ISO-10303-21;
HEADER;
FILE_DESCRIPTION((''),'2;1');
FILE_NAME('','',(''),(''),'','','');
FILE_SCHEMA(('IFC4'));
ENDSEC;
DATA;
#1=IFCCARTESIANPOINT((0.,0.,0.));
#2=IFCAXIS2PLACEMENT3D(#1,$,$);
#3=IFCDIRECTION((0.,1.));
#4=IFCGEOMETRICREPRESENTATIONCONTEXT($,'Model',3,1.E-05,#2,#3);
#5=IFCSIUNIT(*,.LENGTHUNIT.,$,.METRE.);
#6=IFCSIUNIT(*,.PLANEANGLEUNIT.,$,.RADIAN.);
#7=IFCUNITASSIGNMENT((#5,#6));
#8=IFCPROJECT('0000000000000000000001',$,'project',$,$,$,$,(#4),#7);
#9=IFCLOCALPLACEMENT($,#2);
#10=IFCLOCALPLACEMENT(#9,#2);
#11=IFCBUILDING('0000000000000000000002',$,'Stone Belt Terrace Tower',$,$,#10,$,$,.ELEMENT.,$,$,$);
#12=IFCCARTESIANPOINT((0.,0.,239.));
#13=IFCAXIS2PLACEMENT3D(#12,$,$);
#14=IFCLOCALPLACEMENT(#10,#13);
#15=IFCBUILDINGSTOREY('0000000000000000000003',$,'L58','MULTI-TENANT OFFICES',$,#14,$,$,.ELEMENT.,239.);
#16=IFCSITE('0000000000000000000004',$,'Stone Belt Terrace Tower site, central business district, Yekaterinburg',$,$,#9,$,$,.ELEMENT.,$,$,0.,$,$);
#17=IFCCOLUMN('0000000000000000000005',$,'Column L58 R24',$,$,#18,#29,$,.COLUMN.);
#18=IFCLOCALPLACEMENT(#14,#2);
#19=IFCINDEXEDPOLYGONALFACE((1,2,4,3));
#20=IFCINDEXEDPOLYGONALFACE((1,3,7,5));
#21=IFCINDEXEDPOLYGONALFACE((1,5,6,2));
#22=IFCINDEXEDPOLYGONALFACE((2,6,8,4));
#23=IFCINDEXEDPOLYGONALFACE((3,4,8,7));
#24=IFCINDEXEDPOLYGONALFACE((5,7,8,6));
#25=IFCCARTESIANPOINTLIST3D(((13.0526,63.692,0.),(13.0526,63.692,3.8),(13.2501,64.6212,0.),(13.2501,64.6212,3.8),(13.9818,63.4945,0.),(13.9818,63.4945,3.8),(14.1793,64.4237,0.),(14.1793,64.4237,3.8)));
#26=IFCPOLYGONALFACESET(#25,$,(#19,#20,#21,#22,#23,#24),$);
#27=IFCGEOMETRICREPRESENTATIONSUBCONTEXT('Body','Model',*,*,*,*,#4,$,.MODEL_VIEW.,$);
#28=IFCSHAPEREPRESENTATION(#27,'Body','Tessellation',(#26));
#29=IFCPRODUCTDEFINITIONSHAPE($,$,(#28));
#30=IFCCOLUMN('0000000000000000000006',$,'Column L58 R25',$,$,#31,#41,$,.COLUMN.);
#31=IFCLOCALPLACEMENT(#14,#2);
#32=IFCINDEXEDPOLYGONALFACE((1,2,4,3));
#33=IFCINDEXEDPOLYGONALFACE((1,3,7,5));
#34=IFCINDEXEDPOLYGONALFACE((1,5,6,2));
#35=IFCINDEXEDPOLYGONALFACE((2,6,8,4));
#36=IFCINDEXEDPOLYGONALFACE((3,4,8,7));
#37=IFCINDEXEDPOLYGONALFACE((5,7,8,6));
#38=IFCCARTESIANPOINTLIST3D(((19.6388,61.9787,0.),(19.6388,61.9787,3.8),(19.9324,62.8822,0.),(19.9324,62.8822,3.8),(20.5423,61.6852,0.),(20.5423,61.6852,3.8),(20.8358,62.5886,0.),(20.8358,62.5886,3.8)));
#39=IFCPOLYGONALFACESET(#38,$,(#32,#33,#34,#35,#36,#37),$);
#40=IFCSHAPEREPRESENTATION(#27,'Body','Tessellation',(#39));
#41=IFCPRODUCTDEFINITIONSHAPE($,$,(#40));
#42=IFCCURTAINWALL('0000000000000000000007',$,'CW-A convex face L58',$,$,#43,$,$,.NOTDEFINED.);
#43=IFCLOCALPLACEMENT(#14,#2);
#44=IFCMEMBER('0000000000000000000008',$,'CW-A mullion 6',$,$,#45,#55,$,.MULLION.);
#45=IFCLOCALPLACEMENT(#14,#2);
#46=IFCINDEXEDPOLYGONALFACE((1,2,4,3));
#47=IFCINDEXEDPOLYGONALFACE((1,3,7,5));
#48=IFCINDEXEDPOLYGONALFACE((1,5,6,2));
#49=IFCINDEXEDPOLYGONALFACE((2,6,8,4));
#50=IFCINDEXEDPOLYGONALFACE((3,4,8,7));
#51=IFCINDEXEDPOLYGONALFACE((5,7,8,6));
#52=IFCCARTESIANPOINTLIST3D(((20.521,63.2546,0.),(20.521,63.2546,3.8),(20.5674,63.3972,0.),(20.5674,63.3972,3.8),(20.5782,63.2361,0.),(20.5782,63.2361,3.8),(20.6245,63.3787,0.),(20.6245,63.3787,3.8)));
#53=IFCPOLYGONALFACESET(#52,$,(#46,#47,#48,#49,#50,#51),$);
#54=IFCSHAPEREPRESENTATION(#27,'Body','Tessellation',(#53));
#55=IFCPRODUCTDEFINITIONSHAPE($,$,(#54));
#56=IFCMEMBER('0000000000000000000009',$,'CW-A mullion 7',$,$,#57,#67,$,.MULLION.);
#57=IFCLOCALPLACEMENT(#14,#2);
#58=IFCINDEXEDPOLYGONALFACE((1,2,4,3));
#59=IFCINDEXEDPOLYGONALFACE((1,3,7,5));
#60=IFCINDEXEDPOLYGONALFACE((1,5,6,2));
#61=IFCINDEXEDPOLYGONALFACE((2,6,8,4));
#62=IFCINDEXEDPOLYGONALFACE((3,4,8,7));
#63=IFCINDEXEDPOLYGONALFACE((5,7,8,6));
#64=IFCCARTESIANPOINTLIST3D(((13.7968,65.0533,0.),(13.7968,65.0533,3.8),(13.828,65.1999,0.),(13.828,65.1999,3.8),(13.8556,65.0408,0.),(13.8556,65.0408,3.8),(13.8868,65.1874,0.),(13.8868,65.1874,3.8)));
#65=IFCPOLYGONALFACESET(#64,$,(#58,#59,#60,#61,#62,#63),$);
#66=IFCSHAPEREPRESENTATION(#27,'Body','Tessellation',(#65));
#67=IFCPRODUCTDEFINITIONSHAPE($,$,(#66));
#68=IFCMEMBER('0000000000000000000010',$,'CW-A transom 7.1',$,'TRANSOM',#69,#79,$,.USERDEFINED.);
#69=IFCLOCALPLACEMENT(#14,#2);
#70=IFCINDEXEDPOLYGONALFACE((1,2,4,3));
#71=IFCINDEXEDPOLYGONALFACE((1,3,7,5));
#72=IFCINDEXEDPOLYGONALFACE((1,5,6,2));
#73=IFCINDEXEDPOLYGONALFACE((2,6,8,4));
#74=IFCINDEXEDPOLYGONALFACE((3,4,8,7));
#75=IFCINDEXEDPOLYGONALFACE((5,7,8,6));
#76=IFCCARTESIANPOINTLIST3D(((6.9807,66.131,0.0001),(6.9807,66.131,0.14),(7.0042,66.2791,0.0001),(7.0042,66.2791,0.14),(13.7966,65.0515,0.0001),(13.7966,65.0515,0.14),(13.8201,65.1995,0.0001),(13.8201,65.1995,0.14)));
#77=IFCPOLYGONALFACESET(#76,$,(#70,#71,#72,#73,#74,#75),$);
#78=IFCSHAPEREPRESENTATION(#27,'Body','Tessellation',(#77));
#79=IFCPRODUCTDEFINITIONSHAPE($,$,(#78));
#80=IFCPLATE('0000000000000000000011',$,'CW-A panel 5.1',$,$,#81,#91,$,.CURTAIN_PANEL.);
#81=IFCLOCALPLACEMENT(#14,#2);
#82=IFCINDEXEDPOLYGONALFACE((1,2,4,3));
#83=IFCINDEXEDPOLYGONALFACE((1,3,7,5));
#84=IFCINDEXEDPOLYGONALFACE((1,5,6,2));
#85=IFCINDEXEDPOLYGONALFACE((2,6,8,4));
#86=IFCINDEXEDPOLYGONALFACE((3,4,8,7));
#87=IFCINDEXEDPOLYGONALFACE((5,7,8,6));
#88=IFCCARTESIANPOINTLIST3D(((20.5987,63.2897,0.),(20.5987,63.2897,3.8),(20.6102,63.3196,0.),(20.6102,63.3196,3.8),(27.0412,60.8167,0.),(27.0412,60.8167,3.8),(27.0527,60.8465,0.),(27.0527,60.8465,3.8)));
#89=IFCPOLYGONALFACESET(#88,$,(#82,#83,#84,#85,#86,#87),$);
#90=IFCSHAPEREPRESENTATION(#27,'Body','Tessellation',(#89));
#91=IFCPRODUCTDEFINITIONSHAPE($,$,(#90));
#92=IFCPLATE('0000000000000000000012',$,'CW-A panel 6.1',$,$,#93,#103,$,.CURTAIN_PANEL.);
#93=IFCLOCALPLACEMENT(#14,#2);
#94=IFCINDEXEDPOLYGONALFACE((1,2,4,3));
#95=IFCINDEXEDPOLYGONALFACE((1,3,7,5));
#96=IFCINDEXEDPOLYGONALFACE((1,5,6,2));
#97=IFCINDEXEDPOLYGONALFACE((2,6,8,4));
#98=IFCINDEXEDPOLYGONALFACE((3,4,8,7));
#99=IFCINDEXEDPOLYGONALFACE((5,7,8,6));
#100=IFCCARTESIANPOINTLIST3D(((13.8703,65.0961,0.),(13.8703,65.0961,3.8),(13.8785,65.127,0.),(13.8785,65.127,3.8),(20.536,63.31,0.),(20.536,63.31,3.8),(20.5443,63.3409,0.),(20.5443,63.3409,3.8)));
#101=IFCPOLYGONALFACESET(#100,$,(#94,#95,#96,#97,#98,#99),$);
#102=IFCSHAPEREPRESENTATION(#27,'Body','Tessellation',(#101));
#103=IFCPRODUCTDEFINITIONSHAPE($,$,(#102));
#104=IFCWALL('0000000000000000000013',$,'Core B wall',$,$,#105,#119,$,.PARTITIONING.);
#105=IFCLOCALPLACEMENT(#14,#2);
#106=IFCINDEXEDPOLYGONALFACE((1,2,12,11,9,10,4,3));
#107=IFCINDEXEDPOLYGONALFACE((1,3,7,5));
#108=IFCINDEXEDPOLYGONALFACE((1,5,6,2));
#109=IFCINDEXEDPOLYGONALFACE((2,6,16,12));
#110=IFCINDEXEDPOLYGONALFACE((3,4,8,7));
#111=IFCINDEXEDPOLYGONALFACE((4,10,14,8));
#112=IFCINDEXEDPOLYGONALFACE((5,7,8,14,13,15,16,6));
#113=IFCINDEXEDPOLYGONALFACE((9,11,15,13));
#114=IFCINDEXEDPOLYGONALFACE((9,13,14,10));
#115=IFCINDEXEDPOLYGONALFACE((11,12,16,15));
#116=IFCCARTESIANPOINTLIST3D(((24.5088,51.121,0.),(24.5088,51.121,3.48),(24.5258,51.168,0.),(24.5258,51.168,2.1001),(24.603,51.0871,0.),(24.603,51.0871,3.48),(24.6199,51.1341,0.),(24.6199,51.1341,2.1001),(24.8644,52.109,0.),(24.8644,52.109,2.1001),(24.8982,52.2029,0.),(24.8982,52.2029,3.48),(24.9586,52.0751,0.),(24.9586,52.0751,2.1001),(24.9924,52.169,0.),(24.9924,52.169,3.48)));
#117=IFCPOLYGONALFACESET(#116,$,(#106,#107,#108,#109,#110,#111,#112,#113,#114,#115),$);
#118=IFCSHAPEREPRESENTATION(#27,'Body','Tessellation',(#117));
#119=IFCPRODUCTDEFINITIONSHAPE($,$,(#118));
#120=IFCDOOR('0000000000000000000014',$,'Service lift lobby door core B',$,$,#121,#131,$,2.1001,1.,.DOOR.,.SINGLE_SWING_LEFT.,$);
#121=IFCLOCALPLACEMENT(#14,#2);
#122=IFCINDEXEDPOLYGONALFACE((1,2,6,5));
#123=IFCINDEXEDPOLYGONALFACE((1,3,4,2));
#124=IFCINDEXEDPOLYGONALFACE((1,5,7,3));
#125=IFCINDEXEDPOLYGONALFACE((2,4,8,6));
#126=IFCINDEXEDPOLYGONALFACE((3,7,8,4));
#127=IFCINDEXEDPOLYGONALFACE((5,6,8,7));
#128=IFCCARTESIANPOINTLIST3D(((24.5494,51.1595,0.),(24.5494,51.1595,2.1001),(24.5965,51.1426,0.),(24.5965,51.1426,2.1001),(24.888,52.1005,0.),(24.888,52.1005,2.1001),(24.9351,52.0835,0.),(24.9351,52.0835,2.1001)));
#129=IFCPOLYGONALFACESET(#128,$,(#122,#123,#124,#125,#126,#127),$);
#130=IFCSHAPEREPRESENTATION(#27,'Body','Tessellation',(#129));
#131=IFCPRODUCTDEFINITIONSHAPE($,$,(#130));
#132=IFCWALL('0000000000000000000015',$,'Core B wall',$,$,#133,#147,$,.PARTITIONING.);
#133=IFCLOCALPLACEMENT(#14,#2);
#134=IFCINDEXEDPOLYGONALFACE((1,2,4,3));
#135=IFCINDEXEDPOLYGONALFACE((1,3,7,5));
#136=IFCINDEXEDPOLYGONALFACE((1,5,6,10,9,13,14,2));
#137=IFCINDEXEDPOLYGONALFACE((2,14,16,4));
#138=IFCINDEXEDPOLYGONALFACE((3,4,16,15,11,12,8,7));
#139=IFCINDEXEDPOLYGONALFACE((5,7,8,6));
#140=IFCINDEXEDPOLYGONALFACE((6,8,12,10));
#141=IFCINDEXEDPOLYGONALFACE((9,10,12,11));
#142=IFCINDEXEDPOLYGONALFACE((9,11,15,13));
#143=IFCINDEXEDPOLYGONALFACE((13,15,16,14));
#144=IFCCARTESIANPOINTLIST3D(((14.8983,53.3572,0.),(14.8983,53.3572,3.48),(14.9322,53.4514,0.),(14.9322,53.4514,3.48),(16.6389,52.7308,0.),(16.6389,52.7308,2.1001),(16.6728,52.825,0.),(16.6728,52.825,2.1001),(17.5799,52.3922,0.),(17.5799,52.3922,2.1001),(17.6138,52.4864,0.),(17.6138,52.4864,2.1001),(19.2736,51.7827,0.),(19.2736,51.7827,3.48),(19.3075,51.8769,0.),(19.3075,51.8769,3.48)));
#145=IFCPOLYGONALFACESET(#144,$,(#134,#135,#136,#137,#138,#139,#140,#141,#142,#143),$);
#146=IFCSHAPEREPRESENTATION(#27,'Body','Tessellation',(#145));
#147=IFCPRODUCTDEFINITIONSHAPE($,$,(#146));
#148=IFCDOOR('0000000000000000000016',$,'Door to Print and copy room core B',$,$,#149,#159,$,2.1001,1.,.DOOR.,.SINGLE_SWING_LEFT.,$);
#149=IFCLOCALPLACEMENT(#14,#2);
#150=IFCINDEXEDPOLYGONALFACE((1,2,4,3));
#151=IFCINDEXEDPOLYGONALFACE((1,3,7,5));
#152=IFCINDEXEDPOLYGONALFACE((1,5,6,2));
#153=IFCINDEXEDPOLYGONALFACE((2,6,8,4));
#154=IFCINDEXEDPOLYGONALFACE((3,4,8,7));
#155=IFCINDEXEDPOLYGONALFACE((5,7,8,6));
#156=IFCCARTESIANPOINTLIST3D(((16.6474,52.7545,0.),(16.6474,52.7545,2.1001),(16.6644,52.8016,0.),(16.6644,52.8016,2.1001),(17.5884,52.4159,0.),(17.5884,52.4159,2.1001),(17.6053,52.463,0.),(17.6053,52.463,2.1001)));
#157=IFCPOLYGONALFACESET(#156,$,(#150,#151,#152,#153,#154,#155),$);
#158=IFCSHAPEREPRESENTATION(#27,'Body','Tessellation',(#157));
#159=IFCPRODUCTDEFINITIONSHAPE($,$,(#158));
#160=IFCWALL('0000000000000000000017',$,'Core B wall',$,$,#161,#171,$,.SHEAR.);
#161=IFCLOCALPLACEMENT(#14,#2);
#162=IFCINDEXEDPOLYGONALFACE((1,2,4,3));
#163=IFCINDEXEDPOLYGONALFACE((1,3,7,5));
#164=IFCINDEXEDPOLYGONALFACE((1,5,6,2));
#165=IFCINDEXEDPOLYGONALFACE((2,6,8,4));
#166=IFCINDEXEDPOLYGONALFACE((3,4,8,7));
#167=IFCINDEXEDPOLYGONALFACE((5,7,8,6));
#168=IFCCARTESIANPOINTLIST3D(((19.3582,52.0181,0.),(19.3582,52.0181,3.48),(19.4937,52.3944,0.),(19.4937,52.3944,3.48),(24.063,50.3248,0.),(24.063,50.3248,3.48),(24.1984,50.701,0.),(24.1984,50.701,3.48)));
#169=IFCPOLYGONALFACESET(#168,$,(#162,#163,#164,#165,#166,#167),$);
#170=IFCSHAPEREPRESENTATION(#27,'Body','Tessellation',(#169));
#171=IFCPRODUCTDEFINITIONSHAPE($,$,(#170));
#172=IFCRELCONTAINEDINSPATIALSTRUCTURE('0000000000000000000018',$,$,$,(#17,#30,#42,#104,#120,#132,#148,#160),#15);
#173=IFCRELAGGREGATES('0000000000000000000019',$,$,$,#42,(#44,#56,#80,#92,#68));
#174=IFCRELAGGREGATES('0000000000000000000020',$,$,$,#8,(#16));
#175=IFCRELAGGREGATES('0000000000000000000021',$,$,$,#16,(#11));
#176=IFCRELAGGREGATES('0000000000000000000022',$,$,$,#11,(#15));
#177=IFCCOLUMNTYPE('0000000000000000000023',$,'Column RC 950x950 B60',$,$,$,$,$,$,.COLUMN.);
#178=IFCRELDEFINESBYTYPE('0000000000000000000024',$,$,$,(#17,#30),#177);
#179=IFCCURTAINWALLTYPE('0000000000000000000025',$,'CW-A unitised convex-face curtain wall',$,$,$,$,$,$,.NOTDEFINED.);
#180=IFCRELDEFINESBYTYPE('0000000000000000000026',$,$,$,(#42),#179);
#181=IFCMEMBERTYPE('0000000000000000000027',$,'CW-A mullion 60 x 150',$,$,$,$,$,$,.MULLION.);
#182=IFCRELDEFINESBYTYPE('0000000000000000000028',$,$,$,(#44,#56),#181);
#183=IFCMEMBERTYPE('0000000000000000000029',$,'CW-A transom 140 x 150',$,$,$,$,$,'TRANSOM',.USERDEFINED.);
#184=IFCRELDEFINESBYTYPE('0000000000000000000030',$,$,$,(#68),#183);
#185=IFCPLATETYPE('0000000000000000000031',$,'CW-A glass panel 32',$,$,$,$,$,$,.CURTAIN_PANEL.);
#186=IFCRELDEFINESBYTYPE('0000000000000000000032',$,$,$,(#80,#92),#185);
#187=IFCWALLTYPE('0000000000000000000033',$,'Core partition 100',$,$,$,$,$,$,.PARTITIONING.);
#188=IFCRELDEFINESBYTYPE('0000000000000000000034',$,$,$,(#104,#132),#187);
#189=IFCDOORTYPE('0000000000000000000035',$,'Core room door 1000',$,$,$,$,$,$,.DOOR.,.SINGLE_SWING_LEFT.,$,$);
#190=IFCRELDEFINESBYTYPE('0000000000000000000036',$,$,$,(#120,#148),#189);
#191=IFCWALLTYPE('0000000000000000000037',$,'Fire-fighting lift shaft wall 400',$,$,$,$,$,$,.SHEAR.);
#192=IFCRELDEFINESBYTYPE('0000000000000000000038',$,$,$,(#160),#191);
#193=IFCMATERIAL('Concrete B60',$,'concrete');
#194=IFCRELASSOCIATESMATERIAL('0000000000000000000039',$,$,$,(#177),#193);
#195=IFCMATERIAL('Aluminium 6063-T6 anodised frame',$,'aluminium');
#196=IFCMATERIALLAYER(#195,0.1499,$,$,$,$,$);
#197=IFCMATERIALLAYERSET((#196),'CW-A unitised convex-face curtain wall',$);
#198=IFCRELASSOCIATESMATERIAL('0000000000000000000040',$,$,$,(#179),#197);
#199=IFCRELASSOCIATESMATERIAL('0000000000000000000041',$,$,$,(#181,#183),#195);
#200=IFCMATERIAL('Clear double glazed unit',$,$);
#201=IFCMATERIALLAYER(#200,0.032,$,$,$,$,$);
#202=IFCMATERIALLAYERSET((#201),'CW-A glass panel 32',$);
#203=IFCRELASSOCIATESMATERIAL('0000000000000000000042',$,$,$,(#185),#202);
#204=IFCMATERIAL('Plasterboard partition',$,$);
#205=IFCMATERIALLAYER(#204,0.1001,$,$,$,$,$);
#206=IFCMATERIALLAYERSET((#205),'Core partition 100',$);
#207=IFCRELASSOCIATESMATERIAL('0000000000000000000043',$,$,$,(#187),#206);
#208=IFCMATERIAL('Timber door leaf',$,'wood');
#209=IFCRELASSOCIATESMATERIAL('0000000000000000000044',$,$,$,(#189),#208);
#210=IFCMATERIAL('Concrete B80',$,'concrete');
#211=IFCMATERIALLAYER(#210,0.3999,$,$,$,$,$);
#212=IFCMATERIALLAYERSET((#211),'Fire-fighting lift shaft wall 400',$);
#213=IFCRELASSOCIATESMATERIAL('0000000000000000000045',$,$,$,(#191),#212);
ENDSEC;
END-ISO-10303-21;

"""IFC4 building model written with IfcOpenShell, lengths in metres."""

from ifc_helpers import new_model, si_unit, direction, frame, frame_2d, origin, origin_2d, place, context, subcontext, project, spatial, rectangle, extrude, material, layer, layer_set, material_profile, profile_set, type_object, element, fill, aggregate, save


model = new_model("IFC4")

# Units and contexts
model_context = context("Model", 3, precision=1e-05, world=origin(), true_north=direction((0.0, 1.0)))
body_context = subcontext(model_context, "Body", "Model", "MODEL_VIEW")
ifc_project = project(units=[si_unit("LENGTHUNIT", "METRE"), si_unit("PLANEANGLEUNIT", "RADIAN")], contexts=[model_context])

# Site, building, storey
site_placement = place(None, origin())
site = spatial("IfcSite", under=ifc_project, at=site_placement, Name="Stone Belt Terrace Tower site, central business district, Yekaterinburg", CompositionType="ELEMENT", RefElevation=0.0)
building_placement = place(site_placement, origin())
building = spatial("IfcBuilding", under=site, at=building_placement, Name="Stone Belt Terrace Tower", CompositionType="ELEMENT")
storey_placement = place(building_placement, frame((0.0, 0.0, 239.0)))
storey = spatial("IfcBuildingStorey", under=building, at=storey_placement, Name="L58", Description="MULTI-TENANT OFFICES", CompositionType="ELEMENT", Elevation=239.0)

# Columns
ifc_material_1 = material(Name="Concrete B60", Category="concrete")
ifc_material_profile_1 = material_profile(ifc_material_1, rectangle(XDim=0.95, YDim=0.95, at=origin_2d()), Name="RC 950x950")
ifc_profile_set_1 = profile_set([ifc_material_profile_1], Name="Concrete B60")
column_type = type_object("IfcColumnType", Name="Column RC 950x950 B60", PredefinedType="COLUMN", material=ifc_profile_set_1)
for number, where, z_axis, x_axis, name in (
    (1, (13.616, 64.0579, 0.0), (0.0, 0.0, 1.0), (0.978148, -0.207912, 0.0), "Column L58 R24"),
    (2, (20.2373, 62.2837, 0.0), (0.0, 0.0, 1.0), (0.951057, -0.309017, 0.0), "Column L58 R25"),
):
    element("IfcColumn", number, at=place(storey_placement, frame(where, z_axis=z_axis, x_axis=x_axis)), inside=storey, type_object=column_type, Name=name, PredefinedType="COLUMN", context=body_context, shape_type="SweptSolid", body=[
        extrude(rectangle(XDim=0.95, YDim=0.95, at=origin_2d()), origin(), (0.0, 0.0, 1.0), 3.8),
    ])

# Curtain wall, members, plates
ifc_material_2 = material(Name="Aluminium 6063-T6 anodised frame", Category="aluminium")
ifc_layer_1 = layer(ifc_material_2, 0.1499)
ifc_layer_set_1 = layer_set([ifc_layer_1], Name="CW-A unitised convex-face curtain wall")
curtain_wall_type = type_object("IfcCurtainWallType", Name="CW-A unitised convex-face curtain wall", PredefinedType="NOTDEFINED", material=ifc_layer_set_1)
curtain_wall_placement = place(storey_placement, origin())
curtain_wall = element("IfcCurtainWall", 3, at=curtain_wall_placement, inside=storey, type_object=curtain_wall_type, Name="CW-A convex face L58", PredefinedType="NOTDEFINED")
ifc_material_profile_2 = material_profile(ifc_material_2, rectangle(XDim=0.1499, YDim=0.0601, at=origin_2d()), Name="Aluminium 6063-T6 60x150")
ifc_profile_set_2 = profile_set([ifc_material_profile_2], Name="Aluminium 6063-T6 anodised frame")
member_type_1 = type_object("IfcMemberType", Name="CW-A mullion 60 x 150", PredefinedType="MULLION", material=ifc_profile_set_2)
member_1_placement = place(storey_placement, frame((20.5728, 63.3167, 0.0), z_axis=(0.0, 0.0, 1.0), x_axis=(-0.309017, -0.951057, 0.0)))
member_1 = element("IfcMember", 4, at=member_1_placement, type_object=member_type_1, Name="CW-A mullion 6", PredefinedType="MULLION", context=body_context, shape_type="SweptSolid", body=[
    extrude(rectangle(XDim=0.1499, YDim=0.0601, at=origin_2d()), origin(), (0.0, 0.0, 1.0), 3.8),
])
member_2_placement = place(storey_placement, frame((13.8418, 65.1204, 0.0), z_axis=(0.0, 0.0, 1.0), x_axis=(-0.207912, -0.978148, 0.0)))
member_2 = element("IfcMember", 5, at=member_2_placement, type_object=member_type_1, Name="CW-A mullion 7", PredefinedType="MULLION", context=body_context, shape_type="SweptSolid", body=[
    extrude(rectangle(XDim=0.1499, YDim=0.0601, at=origin_2d()), origin(), (0.0, 0.0, 1.0), 3.8),
])
ifc_material_profile_3 = material_profile(ifc_material_2, rectangle(XDim=0.1499, YDim=0.1399, at=origin_2d()), Name="Aluminium 6063-T6 150x140")
ifc_profile_set_3 = profile_set([ifc_material_profile_3], Name="Aluminium 6063-T6 anodised frame")
member_type_2 = type_object("IfcMemberType", Name="CW-A transom 140 x 150", ElementType="TRANSOM", PredefinedType="USERDEFINED", material=ifc_profile_set_3)
member_3_placement = place(storey_placement, frame((13.8083, 65.1255, 0.0701), z_axis=(-0.987687, 0.156442, 0.0), x_axis=(-0.156442, -0.987687, 0.0)))
member_3 = element("IfcMember", 6, at=member_3_placement, type_object=member_type_2, Name="CW-A transom 7.1", ObjectType="TRANSOM", PredefinedType="USERDEFINED", context=body_context, shape_type="SweptSolid", body=[
    extrude(rectangle(XDim=0.1499, YDim=0.1399, at=origin_2d()), origin(), (0.0, 0.0, 1.0), 6.9009),
])
ifc_material_3 = material(Name="Clear double glazed unit")
ifc_layer_2 = layer(ifc_material_3, 0.032)
ifc_layer_set_2 = layer_set([ifc_layer_2], Name="CW-A glass panel 32")
plate_type = type_object("IfcPlateType", Name="CW-A glass panel 32", PredefinedType="CURTAIN_PANEL", material=ifc_layer_set_2)
plate_1_placement = place(storey_placement, frame((23.8257, 62.0681, 0.0), z_axis=(0.0, 0.0, 1.0), x_axis=(-0.93358, 0.358368, 0.0)))
plate_1 = element("IfcPlate", 7, at=plate_1_placement, type_object=plate_type, Name="CW-A panel 5.1", PredefinedType="CURTAIN_PANEL", context=body_context, shape_type="SweptSolid", body=[
    extrude(rectangle(XDim=6.9009, YDim=0.032, at=origin_2d()), origin(), (0.0, 0.0, 1.0), 3.8),
])
plate_2_placement = place(storey_placement, frame((17.2073, 64.2185, 0.0), z_axis=(0.0, 0.0, 1.0), x_axis=(-0.965926, 0.258819, 0.0)))
plate_2 = element("IfcPlate", 8, at=plate_2_placement, type_object=plate_type, Name="CW-A panel 6.1", PredefinedType="CURTAIN_PANEL", context=body_context, shape_type="SweptSolid", body=[
    extrude(rectangle(XDim=6.9009, YDim=0.032, at=origin_2d()), origin(), (0.0, 0.0, 1.0), 3.8),
])
aggregate(curtain_wall, [member_1, member_2, plate_1, plate_2, member_3])

# Walls, openings, doors
ifc_material_4 = material(Name="Plasterboard partition")
ifc_layer_3 = layer(ifc_material_4, 0.1001)
ifc_layer_set_3 = layer_set([ifc_layer_3], Name="Core partition 100")
wall_type_1 = type_object("IfcWallType", Name="Core partition 100", PredefinedType="PARTITIONING", material=ifc_layer_set_3)
wall_1_placement = place(storey_placement, frame((24.5559, 51.104, 0.0), z_axis=(0.0, 0.0, 1.0), x_axis=(0.338622, 0.940923, 0.0)))
wall_1 = element("IfcWall", 9, at=wall_1_placement, inside=storey, type_object=wall_type_1, Name="Core B wall", PredefinedType="PARTITIONING", context=body_context, shape_type="SweptSolid", body=[
    extrude(rectangle(XDim=1.1499, YDim=0.1001, at=frame_2d((0.575, 0.0))), origin(), (0.0, 0.0, 1.0), 3.48),
])
opening_1_placement = place(wall_1_placement, frame((0.05, 0.0, 0.0)))
opening_1 = element("IfcOpeningElement", 10, at=opening_1_placement, cuts=wall_1, PredefinedType="OPENING", context=body_context, shape_type="SweptSolid", body=[
    extrude(rectangle(XDim=1.0, YDim=2.1001, at=frame_2d((0.5, 1.05))), frame((0.0, 0.0601, 0.0), z_axis=(0.0, -1.0, 0.0), x_axis=(1.0, 0.0, 0.0)), (0.0, 0.0, 1.0), 0.1201),
])
ifc_material_5 = material(Name="Timber door leaf", Category="wood")
door_type_1 = type_object("IfcDoorType", Name="Core room door 1000", OperationType="SINGLE_SWING_LEFT", PredefinedType="DOOR", material=ifc_material_5)
door_1_placement = place(opening_1_placement, origin())
door_1 = element("IfcDoor", 11, at=door_1_placement, inside=storey, type_object=door_type_1, Name="Service lift lobby door core B", OperationType="SINGLE_SWING_LEFT", OverallHeight=2.1001, OverallWidth=1.0, PredefinedType="DOOR", context=body_context, shape_type="SweptSolid", body=[
    extrude(rectangle(XDim=1.0, YDim=2.1001, at=frame_2d((0.5, 1.05))), frame((0.0, 0.0249, 0.0), z_axis=(0.0, -1.0, 0.0), x_axis=(1.0, 0.0, 0.0)), (0.0, 0.0, 1.0), 0.05),
])
fill(opening_1, door_1)
wall_2_placement = place(storey_placement, frame((19.2905, 51.8298, 0.0), z_axis=(0.0, 0.0, 1.0), x_axis=(-0.94093, 0.3386, 0.0)))
wall_2 = element("IfcWall", 12, at=wall_2_placement, inside=storey, type_object=wall_type_1, Name="Core B wall", PredefinedType="PARTITIONING", context=body_context, shape_type="SweptSolid", body=[
    extrude(rectangle(XDim=4.6499, YDim=0.1001, at=frame_2d((2.325, 0.0))), origin(), (0.0, 0.0, 1.0), 3.48),
])
opening_2_placement = place(wall_2_placement, frame((1.8, 0.0, 0.0)))
opening_2 = element("IfcOpeningElement", 13, at=opening_2_placement, cuts=wall_2, PredefinedType="OPENING", context=body_context, shape_type="SweptSolid", body=[
    extrude(rectangle(XDim=1.0, YDim=2.1001, at=frame_2d((0.5, 1.05))), frame((0.0, 0.0601, 0.0), z_axis=(0.0, -1.0, 0.0), x_axis=(1.0, 0.0, 0.0)), (0.0, 0.0, 1.0), 0.1201),
])
door_2_placement = place(opening_2_placement, origin())
door_2 = element("IfcDoor", 14, at=door_2_placement, inside=storey, type_object=door_type_1, Name="Door to Print and copy room core B", OperationType="SINGLE_SWING_LEFT", OverallHeight=2.1001, OverallWidth=1.0, PredefinedType="DOOR", context=body_context, shape_type="SweptSolid", body=[
    extrude(rectangle(XDim=1.0, YDim=2.1001, at=frame_2d((0.5, 1.05))), frame((0.0, 0.0249, 0.0), z_axis=(0.0, -1.0, 0.0), x_axis=(1.0, 0.0, 0.0)), (0.0, 0.0, 1.0), 0.05),
])
fill(opening_2, door_2)

# Wall
ifc_material_6 = material(Name="Concrete B80", Category="concrete")
ifc_layer_4 = layer(ifc_material_6, 0.3999)
ifc_layer_set_4 = layer_set([ifc_layer_4], Name="Fire-fighting lift shaft wall 400")
wall_type_2 = type_object("IfcWallType", Name="Fire-fighting lift shaft wall 400", PredefinedType="SHEAR", material=ifc_layer_set_4)
wall_3_placement = place(storey_placement, frame((24.1306, 50.5129, 0.0), z_axis=(0.0, 0.0, 1.0), x_axis=(-0.940912, 0.338652, 0.0)))
element("IfcWall", 15, at=wall_3_placement, inside=storey, type_object=wall_type_2, Name="Core B wall", PredefinedType="SHEAR", context=body_context, shape_type="SweptSolid", body=[
    extrude(rectangle(XDim=5.0002, YDim=0.3999, at=frame_2d((2.5, 0.0))), origin(), (0.0, 0.0, 1.0), 3.48),
])

save(model, "model.ifc")
